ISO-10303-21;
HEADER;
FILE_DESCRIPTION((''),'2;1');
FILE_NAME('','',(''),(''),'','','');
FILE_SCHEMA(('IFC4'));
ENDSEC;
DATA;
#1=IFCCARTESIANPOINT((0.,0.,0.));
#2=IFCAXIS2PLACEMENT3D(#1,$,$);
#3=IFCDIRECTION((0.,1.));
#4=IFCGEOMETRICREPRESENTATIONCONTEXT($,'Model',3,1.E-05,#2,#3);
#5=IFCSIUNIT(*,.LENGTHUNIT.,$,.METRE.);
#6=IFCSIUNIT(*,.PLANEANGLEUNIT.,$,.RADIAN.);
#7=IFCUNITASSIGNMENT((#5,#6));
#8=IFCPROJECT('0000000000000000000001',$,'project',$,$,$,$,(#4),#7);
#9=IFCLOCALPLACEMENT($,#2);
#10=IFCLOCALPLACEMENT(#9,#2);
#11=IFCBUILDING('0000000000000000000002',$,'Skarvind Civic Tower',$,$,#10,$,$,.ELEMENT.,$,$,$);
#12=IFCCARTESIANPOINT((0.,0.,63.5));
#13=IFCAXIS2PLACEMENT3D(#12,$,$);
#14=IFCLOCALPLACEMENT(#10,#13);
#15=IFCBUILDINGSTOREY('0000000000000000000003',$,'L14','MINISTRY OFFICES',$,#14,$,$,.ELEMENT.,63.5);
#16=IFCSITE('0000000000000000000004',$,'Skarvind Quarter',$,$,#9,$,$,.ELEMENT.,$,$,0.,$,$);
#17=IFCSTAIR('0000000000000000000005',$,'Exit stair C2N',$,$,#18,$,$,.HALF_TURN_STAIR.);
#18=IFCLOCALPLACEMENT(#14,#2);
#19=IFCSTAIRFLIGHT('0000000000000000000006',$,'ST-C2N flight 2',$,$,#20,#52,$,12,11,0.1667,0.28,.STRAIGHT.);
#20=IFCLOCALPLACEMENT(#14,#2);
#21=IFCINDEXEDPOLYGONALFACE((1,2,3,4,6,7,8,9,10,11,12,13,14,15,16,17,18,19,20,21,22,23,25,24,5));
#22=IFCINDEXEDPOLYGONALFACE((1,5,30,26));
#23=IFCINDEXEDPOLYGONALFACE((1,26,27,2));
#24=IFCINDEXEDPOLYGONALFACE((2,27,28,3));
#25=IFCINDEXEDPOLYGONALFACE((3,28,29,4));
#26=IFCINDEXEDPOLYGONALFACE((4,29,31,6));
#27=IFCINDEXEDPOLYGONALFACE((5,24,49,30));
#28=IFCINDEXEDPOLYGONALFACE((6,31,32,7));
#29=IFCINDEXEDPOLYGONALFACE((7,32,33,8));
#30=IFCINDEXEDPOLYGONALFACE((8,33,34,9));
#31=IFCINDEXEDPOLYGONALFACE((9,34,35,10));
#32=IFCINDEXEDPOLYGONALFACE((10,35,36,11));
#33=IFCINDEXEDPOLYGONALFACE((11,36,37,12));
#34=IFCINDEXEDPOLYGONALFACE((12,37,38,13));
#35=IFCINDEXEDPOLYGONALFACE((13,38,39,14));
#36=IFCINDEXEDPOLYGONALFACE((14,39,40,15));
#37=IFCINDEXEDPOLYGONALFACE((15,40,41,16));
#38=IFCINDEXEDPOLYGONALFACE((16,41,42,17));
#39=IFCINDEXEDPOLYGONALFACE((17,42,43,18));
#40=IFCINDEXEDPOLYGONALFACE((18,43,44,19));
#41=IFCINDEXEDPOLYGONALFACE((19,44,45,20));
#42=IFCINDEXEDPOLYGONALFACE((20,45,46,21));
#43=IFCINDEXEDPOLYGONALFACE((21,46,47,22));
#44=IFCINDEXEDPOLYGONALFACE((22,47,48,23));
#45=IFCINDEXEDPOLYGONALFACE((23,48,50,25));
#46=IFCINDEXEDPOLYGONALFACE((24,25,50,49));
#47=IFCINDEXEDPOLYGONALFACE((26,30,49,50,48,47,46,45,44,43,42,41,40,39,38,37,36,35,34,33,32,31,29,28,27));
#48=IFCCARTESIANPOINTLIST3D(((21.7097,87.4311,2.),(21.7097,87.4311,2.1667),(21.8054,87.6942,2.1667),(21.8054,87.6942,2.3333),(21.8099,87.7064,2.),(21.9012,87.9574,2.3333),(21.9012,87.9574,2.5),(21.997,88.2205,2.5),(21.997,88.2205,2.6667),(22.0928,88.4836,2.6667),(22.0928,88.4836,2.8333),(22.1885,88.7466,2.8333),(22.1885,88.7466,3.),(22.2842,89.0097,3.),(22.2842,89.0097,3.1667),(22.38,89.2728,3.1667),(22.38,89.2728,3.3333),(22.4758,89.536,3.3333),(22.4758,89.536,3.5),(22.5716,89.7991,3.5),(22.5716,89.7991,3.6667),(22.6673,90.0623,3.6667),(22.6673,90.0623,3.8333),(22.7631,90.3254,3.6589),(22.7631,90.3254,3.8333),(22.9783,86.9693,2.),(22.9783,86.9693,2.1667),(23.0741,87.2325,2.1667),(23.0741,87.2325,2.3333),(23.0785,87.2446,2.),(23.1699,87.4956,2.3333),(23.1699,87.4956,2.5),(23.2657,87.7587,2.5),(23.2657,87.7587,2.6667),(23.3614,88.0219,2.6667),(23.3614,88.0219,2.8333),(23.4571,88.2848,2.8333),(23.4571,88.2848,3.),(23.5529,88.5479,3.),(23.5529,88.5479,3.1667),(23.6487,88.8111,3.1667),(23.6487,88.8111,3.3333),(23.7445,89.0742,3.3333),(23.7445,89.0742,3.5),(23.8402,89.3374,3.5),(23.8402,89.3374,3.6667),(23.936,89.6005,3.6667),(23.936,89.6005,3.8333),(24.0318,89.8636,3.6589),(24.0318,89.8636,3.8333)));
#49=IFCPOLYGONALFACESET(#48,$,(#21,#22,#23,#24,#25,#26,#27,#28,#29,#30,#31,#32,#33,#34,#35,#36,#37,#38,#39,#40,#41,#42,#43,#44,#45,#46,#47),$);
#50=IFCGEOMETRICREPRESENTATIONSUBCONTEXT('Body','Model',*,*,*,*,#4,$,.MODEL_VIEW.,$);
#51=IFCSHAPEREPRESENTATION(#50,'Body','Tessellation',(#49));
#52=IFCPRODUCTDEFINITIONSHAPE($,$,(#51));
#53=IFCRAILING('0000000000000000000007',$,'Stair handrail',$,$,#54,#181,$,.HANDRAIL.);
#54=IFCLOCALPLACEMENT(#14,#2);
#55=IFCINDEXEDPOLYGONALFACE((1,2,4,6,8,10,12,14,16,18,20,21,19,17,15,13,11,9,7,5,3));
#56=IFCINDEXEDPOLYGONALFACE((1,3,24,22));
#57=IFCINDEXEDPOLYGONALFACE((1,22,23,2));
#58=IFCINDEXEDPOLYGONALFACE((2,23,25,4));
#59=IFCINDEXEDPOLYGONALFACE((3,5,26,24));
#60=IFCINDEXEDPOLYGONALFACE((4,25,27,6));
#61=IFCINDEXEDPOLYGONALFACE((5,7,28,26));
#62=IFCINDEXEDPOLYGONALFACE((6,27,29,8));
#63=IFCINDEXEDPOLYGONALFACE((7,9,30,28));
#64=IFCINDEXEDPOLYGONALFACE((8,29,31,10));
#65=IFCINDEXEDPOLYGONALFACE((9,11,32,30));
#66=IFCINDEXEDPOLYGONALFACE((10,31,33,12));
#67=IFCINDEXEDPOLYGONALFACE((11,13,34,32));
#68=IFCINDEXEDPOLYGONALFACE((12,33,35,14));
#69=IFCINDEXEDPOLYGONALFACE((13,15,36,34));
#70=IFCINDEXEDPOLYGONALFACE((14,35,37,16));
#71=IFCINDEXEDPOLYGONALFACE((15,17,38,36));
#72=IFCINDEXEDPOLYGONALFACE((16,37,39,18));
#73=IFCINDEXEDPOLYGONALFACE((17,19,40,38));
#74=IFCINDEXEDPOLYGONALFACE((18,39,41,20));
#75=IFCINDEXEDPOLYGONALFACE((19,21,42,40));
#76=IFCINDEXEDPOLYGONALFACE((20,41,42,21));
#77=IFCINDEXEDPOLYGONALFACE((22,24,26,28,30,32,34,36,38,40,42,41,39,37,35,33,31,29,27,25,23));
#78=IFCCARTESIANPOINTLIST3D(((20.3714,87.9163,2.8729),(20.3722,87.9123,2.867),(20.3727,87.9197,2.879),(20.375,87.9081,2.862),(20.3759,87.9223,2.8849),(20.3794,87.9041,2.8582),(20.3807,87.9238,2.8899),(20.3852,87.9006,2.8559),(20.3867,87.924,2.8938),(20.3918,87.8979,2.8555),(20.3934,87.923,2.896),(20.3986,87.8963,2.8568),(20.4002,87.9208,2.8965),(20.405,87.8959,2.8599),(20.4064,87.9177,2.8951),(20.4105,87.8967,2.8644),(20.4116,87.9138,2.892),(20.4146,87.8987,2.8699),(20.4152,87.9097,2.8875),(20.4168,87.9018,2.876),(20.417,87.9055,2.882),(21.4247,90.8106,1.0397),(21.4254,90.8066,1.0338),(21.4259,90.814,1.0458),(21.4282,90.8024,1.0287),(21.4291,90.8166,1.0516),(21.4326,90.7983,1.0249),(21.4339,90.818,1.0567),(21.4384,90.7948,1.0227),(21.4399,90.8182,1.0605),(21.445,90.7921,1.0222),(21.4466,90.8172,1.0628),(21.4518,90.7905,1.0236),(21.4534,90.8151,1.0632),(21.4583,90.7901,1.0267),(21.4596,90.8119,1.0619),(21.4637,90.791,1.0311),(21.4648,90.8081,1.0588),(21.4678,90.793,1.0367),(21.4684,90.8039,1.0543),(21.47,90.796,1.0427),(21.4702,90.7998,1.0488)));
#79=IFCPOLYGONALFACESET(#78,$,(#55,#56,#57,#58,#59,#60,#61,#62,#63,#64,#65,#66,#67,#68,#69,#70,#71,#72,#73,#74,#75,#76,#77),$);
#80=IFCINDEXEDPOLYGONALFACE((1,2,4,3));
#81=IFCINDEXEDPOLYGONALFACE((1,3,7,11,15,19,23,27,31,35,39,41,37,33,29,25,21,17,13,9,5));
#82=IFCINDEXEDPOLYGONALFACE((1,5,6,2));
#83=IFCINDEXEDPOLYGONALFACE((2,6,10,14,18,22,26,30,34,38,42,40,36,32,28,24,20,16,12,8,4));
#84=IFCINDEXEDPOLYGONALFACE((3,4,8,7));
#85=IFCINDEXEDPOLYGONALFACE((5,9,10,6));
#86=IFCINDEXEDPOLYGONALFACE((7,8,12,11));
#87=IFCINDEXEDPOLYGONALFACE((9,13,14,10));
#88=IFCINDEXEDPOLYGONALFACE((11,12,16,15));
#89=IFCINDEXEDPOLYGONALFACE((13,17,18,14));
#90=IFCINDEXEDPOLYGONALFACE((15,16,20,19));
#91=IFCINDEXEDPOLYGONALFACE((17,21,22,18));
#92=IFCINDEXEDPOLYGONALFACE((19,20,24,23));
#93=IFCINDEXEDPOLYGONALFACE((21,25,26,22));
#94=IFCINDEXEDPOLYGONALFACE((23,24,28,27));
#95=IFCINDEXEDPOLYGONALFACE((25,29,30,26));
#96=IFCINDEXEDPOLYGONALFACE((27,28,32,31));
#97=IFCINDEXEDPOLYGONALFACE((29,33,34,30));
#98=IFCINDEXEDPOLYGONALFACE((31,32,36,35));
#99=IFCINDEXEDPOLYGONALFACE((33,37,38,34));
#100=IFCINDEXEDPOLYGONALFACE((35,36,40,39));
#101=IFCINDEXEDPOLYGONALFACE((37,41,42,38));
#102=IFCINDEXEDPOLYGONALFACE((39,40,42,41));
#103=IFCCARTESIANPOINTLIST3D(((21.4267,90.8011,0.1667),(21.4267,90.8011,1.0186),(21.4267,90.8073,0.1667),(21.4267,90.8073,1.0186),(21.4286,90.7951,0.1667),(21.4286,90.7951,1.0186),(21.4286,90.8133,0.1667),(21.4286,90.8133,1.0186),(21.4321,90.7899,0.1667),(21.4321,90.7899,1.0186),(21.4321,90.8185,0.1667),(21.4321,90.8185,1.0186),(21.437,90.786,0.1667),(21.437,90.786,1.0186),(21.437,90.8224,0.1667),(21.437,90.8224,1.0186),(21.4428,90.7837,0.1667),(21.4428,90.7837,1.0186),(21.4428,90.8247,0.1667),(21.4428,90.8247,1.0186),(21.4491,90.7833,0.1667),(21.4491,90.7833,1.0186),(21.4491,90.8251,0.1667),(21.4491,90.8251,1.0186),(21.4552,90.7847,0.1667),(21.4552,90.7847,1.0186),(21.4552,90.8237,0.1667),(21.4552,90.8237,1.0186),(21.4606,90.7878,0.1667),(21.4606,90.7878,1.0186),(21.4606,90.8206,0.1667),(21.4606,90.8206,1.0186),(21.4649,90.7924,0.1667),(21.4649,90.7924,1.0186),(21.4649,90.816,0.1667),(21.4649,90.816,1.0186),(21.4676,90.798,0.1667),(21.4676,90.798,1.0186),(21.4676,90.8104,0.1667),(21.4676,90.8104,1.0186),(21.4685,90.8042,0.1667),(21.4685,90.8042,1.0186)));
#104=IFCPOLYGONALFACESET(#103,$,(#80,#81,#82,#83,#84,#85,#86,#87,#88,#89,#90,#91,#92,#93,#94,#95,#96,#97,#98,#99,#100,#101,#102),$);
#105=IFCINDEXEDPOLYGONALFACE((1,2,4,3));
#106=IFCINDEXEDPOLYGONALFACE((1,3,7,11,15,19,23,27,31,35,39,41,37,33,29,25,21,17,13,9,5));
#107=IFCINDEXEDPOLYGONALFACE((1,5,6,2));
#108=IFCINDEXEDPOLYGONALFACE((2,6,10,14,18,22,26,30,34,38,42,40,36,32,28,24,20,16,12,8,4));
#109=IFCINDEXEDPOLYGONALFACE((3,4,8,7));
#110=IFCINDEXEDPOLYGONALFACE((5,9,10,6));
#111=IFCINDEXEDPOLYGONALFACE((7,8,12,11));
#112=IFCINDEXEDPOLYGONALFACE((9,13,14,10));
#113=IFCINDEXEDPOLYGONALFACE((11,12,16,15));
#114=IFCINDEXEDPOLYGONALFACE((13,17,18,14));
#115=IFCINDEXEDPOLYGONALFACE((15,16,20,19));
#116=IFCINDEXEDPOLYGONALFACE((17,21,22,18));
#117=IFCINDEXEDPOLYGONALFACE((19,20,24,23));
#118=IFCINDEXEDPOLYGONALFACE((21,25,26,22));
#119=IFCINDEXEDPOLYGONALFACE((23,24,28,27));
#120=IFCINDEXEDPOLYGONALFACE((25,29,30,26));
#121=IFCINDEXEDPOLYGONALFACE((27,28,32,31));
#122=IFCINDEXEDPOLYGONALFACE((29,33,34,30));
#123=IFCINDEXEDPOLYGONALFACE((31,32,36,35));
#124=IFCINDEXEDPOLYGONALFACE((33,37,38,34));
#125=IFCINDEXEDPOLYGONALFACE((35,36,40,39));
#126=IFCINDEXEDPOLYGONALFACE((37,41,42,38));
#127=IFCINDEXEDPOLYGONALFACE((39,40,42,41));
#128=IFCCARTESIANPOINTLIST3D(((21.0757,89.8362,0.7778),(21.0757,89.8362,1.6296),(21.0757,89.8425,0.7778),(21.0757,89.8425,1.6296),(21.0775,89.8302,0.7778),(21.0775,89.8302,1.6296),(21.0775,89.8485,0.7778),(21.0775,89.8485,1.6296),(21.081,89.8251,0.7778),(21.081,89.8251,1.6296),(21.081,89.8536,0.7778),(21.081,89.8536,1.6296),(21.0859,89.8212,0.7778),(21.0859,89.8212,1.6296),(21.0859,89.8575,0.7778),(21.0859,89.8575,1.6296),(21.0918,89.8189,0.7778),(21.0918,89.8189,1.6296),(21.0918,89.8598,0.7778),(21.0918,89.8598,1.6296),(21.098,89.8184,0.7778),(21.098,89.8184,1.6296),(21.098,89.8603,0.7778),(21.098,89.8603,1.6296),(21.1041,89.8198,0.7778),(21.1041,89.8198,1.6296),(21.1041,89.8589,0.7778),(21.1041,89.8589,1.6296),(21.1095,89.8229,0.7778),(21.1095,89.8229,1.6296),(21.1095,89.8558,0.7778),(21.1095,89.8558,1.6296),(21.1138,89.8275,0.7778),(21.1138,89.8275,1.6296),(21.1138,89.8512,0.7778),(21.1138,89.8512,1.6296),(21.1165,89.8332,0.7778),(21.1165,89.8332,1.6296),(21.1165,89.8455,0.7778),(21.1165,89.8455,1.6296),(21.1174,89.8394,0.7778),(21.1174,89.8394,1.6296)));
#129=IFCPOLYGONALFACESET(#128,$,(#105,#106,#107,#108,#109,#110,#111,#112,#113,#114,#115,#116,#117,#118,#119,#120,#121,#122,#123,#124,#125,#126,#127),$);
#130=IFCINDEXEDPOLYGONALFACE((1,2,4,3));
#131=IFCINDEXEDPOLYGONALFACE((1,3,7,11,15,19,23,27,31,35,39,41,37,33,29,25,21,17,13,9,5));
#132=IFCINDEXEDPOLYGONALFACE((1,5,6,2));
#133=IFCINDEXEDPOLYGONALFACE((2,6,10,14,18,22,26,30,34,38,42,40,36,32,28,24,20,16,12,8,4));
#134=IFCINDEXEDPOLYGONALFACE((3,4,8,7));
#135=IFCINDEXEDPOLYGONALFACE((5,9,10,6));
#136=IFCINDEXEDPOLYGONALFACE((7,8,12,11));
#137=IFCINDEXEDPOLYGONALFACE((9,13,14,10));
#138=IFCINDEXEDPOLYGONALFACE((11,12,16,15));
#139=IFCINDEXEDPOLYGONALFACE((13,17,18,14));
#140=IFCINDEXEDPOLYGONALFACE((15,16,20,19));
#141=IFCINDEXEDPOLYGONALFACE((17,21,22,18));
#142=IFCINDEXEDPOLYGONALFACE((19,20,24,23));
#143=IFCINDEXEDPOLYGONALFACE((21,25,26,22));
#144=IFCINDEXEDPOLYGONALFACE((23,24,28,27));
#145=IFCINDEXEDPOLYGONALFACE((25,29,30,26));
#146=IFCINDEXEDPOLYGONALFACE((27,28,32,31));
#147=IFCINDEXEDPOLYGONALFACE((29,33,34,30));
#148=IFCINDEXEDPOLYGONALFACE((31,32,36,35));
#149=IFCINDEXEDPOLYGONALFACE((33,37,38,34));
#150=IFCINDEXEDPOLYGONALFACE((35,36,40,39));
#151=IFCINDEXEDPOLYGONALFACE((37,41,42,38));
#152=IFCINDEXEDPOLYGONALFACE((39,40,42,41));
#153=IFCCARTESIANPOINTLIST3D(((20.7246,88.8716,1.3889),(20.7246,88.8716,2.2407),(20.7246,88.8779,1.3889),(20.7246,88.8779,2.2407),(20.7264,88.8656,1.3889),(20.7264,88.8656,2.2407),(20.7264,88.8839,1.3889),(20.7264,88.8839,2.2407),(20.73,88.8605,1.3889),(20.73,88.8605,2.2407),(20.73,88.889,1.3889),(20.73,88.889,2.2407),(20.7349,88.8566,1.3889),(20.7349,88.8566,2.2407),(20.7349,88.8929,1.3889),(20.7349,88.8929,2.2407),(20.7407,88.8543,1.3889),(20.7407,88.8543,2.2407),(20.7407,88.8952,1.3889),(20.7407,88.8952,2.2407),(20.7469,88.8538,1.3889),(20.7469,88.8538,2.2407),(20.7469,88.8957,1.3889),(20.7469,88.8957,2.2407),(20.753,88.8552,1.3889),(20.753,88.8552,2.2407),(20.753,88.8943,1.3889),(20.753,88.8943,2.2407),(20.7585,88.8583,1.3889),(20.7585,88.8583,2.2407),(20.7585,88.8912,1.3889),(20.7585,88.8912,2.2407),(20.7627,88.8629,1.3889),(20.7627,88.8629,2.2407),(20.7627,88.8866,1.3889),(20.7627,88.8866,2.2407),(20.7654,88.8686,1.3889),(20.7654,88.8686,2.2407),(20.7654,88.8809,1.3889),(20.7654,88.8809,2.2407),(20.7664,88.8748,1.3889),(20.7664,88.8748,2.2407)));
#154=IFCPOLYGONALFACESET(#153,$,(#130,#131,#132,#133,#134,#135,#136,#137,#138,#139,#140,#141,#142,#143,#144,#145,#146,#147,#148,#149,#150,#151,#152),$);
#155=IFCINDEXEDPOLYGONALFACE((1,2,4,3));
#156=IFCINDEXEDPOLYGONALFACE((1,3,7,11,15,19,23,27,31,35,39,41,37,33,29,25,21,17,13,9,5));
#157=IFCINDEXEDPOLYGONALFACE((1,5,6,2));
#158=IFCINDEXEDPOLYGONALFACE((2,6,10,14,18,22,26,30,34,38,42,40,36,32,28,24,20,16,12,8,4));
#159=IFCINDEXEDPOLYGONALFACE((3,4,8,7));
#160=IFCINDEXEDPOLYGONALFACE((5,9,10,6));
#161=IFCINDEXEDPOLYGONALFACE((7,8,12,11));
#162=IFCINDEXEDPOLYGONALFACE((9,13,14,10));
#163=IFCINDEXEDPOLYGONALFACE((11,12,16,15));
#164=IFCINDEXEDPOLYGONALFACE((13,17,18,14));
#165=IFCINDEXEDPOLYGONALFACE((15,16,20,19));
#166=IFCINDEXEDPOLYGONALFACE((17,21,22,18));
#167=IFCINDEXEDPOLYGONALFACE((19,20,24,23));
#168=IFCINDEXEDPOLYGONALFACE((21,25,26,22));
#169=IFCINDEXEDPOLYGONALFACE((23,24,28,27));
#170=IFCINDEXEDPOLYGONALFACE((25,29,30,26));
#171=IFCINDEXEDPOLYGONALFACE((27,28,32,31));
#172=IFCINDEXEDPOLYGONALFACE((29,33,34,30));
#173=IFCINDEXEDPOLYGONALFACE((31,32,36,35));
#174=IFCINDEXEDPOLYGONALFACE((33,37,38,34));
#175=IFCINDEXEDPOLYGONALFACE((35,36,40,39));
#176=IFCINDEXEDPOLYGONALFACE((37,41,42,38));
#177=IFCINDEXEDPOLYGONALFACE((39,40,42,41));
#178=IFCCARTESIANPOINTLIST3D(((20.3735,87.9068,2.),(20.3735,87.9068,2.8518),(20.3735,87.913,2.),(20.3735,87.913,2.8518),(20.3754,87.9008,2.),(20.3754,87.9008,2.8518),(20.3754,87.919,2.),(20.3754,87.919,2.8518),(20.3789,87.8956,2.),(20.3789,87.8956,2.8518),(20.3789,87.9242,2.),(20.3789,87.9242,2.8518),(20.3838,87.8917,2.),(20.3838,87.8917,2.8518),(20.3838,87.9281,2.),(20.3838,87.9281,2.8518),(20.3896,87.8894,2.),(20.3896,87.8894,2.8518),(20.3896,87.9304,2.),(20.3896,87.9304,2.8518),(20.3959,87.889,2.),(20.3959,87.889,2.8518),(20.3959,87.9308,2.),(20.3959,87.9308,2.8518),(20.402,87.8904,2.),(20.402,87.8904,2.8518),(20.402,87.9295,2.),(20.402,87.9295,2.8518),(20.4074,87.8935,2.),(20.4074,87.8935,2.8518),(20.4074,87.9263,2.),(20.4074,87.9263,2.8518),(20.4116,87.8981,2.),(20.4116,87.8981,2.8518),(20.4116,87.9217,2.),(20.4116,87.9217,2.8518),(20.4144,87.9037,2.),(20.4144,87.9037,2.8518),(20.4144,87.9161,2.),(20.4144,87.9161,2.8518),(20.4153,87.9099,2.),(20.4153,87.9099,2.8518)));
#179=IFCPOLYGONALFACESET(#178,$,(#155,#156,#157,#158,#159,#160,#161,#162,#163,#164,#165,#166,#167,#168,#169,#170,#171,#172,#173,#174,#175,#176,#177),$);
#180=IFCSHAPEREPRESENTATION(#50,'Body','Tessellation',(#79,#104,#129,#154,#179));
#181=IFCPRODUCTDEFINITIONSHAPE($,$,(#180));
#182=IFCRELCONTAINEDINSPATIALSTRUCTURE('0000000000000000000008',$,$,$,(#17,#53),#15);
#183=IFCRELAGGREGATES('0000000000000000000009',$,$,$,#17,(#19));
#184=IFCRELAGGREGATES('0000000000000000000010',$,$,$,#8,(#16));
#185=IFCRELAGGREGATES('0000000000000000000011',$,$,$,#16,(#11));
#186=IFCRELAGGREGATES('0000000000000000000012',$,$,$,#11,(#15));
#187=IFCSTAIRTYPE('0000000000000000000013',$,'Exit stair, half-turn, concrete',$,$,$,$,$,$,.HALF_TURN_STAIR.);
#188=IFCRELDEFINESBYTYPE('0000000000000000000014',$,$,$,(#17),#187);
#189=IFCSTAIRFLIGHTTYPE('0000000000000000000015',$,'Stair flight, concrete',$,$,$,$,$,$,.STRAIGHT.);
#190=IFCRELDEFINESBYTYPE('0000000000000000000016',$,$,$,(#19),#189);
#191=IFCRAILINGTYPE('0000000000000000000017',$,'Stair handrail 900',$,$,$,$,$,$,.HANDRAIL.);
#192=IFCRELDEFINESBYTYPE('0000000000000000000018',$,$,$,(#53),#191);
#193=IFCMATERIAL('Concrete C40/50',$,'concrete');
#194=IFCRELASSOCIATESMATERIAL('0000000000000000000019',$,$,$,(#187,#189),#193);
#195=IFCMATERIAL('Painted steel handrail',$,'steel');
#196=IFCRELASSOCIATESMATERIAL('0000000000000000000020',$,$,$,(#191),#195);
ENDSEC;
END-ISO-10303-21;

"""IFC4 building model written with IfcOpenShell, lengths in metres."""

from ifc_helpers import new_model, si_unit, direction, frame, origin, origin_2d, place, context, subcontext, project, spatial, polyline, circle, outline, extrude, material, type_object, element, aggregate, save


model = new_model("IFC4")

# Units and contexts
model_context = context("Model", 3, precision=1e-05, world=origin(), true_north=direction((0.0, 1.0)))
body_context = subcontext(model_context, "Body", "Model", "MODEL_VIEW")
ifc_project = project(units=[si_unit("LENGTHUNIT", "METRE"), si_unit("PLANEANGLEUNIT", "RADIAN")], contexts=[model_context])

# Site, building, storey
site_placement = place(None, origin())
site = spatial("IfcSite", under=ifc_project, at=site_placement, Name="Skarvind Quarter", CompositionType="ELEMENT", RefElevation=0.0)
building_placement = place(site_placement, origin())
building = spatial("IfcBuilding", under=site, at=building_placement, Name="Skarvind Civic Tower", CompositionType="ELEMENT")
storey_placement = place(building_placement, frame((0.0, 0.0, 63.5)))
storey = spatial("IfcBuildingStorey", under=building, at=storey_placement, Name="L14", Description="MINISTRY OFFICES", CompositionType="ELEMENT", Elevation=63.5)

# Stair, stair flight
ifc_material_1 = material(Name="Concrete C40/50", Category="concrete")
stair_type = type_object("IfcStairType", Name="Exit stair, half-turn, concrete", PredefinedType="HALF_TURN_STAIR", material=ifc_material_1)
stair_placement = place(storey_placement, origin())
stair = element("IfcStair", 1, at=stair_placement, inside=storey, type_object=stair_type, Name="Exit stair C2N", PredefinedType="HALF_TURN_STAIR")
stair_flight_type = type_object("IfcStairFlightType", Name="Stair flight, concrete", PredefinedType="STRAIGHT", material=ifc_material_1)
stair_flight_1_placement = place(storey_placement, frame((22.344, 87.2002, 2.0), z_axis=(0.0, 0.0, 1.0), x_axis=(0.34202, 0.939693, 0.0)))
stair_flight_1 = element("IfcStairFlight", 2, at=stair_flight_1_placement, type_object=stair_flight_type, Name="ST-C2N flight 2", NumberOfRisers=12, NumberOfTreads=11, PredefinedType="STRAIGHT", RiserHeight=0.1667, TreadLength=0.28, context=body_context, shape_type="SweptSolid", body=[
    extrude(outline(polyline([(0.0, 0.0), (0.0, 0.1667), (0.28, 0.1667), (0.28, 0.3333), (0.5601, 0.3333), (0.5601, 0.5), (0.8401, 0.5), (0.8401, 0.6667), (1.1201, 0.6667), (1.1201, 0.8333), (1.3999, 0.8333), (1.3999, 1.0), (1.6799, 1.0), (1.6799, 1.1667), (1.96, 1.1667), (1.96, 1.3333), (2.24, 1.3333), (2.24, 1.5), (2.52, 1.5), (2.52, 1.6667), (2.8, 1.6667), (2.8, 1.8333), (3.0801, 1.8333), (3.0801, 2.0), (3.0801, 1.6589), (0.293, 0.0), (0.0, 0.0)])), frame((0.0, 0.675, 0.0), z_axis=(0.0, -1.0, 0.0), x_axis=(1.0, 0.0, 0.0)), (0.0, 0.0, 1.0), 1.3501),
])
aggregate(stair, [stair_flight_1])

# Railing
ifc_material_2 = material(Name="Painted steel handrail", Category="steel")
railing_type = type_object("IfcRailingType", Name="Stair handrail 900", PredefinedType="HANDRAIL", material=ifc_material_2)
railing_1_placement = place(storey_placement, frame((21.4475, 90.8042, 0.1667)))
element("IfcRailing", 3, at=railing_1_placement, inside=storey, type_object=railing_type, Name="Stair handrail", PredefinedType="HANDRAIL", context=body_context, shape_type="SweptSolid", body=[
    extrude(circle(Radius=0.0239, at=origin_2d()), frame((0.0, 0.0, 0.876), z_axis=(-0.293846, -0.807497, 0.511472), x_axis=(0.939715, -0.341959, 0.0)), (0.0, 0.0, 1.0), 3.5842),
    extrude(circle(Radius=0.021, at=origin_2d()), origin(), (0.0, 0.0, 1.0), 0.8518),
    extrude(circle(Radius=0.021, at=origin_2d()), frame((-0.3511, -0.9648, 0.6111)), (0.0, 0.0, 1.0), 0.8518),
    extrude(circle(Radius=0.021, at=origin_2d()), frame((-0.7021, -1.9294, 1.2222)), (0.0, 0.0, 1.0), 0.8518),
    extrude(circle(Radius=0.021, at=origin_2d()), frame((-1.0532, -2.8943, 1.8333)), (0.0, 0.0, 1.0), 0.8518),
])

save(model, "model.ifc")
